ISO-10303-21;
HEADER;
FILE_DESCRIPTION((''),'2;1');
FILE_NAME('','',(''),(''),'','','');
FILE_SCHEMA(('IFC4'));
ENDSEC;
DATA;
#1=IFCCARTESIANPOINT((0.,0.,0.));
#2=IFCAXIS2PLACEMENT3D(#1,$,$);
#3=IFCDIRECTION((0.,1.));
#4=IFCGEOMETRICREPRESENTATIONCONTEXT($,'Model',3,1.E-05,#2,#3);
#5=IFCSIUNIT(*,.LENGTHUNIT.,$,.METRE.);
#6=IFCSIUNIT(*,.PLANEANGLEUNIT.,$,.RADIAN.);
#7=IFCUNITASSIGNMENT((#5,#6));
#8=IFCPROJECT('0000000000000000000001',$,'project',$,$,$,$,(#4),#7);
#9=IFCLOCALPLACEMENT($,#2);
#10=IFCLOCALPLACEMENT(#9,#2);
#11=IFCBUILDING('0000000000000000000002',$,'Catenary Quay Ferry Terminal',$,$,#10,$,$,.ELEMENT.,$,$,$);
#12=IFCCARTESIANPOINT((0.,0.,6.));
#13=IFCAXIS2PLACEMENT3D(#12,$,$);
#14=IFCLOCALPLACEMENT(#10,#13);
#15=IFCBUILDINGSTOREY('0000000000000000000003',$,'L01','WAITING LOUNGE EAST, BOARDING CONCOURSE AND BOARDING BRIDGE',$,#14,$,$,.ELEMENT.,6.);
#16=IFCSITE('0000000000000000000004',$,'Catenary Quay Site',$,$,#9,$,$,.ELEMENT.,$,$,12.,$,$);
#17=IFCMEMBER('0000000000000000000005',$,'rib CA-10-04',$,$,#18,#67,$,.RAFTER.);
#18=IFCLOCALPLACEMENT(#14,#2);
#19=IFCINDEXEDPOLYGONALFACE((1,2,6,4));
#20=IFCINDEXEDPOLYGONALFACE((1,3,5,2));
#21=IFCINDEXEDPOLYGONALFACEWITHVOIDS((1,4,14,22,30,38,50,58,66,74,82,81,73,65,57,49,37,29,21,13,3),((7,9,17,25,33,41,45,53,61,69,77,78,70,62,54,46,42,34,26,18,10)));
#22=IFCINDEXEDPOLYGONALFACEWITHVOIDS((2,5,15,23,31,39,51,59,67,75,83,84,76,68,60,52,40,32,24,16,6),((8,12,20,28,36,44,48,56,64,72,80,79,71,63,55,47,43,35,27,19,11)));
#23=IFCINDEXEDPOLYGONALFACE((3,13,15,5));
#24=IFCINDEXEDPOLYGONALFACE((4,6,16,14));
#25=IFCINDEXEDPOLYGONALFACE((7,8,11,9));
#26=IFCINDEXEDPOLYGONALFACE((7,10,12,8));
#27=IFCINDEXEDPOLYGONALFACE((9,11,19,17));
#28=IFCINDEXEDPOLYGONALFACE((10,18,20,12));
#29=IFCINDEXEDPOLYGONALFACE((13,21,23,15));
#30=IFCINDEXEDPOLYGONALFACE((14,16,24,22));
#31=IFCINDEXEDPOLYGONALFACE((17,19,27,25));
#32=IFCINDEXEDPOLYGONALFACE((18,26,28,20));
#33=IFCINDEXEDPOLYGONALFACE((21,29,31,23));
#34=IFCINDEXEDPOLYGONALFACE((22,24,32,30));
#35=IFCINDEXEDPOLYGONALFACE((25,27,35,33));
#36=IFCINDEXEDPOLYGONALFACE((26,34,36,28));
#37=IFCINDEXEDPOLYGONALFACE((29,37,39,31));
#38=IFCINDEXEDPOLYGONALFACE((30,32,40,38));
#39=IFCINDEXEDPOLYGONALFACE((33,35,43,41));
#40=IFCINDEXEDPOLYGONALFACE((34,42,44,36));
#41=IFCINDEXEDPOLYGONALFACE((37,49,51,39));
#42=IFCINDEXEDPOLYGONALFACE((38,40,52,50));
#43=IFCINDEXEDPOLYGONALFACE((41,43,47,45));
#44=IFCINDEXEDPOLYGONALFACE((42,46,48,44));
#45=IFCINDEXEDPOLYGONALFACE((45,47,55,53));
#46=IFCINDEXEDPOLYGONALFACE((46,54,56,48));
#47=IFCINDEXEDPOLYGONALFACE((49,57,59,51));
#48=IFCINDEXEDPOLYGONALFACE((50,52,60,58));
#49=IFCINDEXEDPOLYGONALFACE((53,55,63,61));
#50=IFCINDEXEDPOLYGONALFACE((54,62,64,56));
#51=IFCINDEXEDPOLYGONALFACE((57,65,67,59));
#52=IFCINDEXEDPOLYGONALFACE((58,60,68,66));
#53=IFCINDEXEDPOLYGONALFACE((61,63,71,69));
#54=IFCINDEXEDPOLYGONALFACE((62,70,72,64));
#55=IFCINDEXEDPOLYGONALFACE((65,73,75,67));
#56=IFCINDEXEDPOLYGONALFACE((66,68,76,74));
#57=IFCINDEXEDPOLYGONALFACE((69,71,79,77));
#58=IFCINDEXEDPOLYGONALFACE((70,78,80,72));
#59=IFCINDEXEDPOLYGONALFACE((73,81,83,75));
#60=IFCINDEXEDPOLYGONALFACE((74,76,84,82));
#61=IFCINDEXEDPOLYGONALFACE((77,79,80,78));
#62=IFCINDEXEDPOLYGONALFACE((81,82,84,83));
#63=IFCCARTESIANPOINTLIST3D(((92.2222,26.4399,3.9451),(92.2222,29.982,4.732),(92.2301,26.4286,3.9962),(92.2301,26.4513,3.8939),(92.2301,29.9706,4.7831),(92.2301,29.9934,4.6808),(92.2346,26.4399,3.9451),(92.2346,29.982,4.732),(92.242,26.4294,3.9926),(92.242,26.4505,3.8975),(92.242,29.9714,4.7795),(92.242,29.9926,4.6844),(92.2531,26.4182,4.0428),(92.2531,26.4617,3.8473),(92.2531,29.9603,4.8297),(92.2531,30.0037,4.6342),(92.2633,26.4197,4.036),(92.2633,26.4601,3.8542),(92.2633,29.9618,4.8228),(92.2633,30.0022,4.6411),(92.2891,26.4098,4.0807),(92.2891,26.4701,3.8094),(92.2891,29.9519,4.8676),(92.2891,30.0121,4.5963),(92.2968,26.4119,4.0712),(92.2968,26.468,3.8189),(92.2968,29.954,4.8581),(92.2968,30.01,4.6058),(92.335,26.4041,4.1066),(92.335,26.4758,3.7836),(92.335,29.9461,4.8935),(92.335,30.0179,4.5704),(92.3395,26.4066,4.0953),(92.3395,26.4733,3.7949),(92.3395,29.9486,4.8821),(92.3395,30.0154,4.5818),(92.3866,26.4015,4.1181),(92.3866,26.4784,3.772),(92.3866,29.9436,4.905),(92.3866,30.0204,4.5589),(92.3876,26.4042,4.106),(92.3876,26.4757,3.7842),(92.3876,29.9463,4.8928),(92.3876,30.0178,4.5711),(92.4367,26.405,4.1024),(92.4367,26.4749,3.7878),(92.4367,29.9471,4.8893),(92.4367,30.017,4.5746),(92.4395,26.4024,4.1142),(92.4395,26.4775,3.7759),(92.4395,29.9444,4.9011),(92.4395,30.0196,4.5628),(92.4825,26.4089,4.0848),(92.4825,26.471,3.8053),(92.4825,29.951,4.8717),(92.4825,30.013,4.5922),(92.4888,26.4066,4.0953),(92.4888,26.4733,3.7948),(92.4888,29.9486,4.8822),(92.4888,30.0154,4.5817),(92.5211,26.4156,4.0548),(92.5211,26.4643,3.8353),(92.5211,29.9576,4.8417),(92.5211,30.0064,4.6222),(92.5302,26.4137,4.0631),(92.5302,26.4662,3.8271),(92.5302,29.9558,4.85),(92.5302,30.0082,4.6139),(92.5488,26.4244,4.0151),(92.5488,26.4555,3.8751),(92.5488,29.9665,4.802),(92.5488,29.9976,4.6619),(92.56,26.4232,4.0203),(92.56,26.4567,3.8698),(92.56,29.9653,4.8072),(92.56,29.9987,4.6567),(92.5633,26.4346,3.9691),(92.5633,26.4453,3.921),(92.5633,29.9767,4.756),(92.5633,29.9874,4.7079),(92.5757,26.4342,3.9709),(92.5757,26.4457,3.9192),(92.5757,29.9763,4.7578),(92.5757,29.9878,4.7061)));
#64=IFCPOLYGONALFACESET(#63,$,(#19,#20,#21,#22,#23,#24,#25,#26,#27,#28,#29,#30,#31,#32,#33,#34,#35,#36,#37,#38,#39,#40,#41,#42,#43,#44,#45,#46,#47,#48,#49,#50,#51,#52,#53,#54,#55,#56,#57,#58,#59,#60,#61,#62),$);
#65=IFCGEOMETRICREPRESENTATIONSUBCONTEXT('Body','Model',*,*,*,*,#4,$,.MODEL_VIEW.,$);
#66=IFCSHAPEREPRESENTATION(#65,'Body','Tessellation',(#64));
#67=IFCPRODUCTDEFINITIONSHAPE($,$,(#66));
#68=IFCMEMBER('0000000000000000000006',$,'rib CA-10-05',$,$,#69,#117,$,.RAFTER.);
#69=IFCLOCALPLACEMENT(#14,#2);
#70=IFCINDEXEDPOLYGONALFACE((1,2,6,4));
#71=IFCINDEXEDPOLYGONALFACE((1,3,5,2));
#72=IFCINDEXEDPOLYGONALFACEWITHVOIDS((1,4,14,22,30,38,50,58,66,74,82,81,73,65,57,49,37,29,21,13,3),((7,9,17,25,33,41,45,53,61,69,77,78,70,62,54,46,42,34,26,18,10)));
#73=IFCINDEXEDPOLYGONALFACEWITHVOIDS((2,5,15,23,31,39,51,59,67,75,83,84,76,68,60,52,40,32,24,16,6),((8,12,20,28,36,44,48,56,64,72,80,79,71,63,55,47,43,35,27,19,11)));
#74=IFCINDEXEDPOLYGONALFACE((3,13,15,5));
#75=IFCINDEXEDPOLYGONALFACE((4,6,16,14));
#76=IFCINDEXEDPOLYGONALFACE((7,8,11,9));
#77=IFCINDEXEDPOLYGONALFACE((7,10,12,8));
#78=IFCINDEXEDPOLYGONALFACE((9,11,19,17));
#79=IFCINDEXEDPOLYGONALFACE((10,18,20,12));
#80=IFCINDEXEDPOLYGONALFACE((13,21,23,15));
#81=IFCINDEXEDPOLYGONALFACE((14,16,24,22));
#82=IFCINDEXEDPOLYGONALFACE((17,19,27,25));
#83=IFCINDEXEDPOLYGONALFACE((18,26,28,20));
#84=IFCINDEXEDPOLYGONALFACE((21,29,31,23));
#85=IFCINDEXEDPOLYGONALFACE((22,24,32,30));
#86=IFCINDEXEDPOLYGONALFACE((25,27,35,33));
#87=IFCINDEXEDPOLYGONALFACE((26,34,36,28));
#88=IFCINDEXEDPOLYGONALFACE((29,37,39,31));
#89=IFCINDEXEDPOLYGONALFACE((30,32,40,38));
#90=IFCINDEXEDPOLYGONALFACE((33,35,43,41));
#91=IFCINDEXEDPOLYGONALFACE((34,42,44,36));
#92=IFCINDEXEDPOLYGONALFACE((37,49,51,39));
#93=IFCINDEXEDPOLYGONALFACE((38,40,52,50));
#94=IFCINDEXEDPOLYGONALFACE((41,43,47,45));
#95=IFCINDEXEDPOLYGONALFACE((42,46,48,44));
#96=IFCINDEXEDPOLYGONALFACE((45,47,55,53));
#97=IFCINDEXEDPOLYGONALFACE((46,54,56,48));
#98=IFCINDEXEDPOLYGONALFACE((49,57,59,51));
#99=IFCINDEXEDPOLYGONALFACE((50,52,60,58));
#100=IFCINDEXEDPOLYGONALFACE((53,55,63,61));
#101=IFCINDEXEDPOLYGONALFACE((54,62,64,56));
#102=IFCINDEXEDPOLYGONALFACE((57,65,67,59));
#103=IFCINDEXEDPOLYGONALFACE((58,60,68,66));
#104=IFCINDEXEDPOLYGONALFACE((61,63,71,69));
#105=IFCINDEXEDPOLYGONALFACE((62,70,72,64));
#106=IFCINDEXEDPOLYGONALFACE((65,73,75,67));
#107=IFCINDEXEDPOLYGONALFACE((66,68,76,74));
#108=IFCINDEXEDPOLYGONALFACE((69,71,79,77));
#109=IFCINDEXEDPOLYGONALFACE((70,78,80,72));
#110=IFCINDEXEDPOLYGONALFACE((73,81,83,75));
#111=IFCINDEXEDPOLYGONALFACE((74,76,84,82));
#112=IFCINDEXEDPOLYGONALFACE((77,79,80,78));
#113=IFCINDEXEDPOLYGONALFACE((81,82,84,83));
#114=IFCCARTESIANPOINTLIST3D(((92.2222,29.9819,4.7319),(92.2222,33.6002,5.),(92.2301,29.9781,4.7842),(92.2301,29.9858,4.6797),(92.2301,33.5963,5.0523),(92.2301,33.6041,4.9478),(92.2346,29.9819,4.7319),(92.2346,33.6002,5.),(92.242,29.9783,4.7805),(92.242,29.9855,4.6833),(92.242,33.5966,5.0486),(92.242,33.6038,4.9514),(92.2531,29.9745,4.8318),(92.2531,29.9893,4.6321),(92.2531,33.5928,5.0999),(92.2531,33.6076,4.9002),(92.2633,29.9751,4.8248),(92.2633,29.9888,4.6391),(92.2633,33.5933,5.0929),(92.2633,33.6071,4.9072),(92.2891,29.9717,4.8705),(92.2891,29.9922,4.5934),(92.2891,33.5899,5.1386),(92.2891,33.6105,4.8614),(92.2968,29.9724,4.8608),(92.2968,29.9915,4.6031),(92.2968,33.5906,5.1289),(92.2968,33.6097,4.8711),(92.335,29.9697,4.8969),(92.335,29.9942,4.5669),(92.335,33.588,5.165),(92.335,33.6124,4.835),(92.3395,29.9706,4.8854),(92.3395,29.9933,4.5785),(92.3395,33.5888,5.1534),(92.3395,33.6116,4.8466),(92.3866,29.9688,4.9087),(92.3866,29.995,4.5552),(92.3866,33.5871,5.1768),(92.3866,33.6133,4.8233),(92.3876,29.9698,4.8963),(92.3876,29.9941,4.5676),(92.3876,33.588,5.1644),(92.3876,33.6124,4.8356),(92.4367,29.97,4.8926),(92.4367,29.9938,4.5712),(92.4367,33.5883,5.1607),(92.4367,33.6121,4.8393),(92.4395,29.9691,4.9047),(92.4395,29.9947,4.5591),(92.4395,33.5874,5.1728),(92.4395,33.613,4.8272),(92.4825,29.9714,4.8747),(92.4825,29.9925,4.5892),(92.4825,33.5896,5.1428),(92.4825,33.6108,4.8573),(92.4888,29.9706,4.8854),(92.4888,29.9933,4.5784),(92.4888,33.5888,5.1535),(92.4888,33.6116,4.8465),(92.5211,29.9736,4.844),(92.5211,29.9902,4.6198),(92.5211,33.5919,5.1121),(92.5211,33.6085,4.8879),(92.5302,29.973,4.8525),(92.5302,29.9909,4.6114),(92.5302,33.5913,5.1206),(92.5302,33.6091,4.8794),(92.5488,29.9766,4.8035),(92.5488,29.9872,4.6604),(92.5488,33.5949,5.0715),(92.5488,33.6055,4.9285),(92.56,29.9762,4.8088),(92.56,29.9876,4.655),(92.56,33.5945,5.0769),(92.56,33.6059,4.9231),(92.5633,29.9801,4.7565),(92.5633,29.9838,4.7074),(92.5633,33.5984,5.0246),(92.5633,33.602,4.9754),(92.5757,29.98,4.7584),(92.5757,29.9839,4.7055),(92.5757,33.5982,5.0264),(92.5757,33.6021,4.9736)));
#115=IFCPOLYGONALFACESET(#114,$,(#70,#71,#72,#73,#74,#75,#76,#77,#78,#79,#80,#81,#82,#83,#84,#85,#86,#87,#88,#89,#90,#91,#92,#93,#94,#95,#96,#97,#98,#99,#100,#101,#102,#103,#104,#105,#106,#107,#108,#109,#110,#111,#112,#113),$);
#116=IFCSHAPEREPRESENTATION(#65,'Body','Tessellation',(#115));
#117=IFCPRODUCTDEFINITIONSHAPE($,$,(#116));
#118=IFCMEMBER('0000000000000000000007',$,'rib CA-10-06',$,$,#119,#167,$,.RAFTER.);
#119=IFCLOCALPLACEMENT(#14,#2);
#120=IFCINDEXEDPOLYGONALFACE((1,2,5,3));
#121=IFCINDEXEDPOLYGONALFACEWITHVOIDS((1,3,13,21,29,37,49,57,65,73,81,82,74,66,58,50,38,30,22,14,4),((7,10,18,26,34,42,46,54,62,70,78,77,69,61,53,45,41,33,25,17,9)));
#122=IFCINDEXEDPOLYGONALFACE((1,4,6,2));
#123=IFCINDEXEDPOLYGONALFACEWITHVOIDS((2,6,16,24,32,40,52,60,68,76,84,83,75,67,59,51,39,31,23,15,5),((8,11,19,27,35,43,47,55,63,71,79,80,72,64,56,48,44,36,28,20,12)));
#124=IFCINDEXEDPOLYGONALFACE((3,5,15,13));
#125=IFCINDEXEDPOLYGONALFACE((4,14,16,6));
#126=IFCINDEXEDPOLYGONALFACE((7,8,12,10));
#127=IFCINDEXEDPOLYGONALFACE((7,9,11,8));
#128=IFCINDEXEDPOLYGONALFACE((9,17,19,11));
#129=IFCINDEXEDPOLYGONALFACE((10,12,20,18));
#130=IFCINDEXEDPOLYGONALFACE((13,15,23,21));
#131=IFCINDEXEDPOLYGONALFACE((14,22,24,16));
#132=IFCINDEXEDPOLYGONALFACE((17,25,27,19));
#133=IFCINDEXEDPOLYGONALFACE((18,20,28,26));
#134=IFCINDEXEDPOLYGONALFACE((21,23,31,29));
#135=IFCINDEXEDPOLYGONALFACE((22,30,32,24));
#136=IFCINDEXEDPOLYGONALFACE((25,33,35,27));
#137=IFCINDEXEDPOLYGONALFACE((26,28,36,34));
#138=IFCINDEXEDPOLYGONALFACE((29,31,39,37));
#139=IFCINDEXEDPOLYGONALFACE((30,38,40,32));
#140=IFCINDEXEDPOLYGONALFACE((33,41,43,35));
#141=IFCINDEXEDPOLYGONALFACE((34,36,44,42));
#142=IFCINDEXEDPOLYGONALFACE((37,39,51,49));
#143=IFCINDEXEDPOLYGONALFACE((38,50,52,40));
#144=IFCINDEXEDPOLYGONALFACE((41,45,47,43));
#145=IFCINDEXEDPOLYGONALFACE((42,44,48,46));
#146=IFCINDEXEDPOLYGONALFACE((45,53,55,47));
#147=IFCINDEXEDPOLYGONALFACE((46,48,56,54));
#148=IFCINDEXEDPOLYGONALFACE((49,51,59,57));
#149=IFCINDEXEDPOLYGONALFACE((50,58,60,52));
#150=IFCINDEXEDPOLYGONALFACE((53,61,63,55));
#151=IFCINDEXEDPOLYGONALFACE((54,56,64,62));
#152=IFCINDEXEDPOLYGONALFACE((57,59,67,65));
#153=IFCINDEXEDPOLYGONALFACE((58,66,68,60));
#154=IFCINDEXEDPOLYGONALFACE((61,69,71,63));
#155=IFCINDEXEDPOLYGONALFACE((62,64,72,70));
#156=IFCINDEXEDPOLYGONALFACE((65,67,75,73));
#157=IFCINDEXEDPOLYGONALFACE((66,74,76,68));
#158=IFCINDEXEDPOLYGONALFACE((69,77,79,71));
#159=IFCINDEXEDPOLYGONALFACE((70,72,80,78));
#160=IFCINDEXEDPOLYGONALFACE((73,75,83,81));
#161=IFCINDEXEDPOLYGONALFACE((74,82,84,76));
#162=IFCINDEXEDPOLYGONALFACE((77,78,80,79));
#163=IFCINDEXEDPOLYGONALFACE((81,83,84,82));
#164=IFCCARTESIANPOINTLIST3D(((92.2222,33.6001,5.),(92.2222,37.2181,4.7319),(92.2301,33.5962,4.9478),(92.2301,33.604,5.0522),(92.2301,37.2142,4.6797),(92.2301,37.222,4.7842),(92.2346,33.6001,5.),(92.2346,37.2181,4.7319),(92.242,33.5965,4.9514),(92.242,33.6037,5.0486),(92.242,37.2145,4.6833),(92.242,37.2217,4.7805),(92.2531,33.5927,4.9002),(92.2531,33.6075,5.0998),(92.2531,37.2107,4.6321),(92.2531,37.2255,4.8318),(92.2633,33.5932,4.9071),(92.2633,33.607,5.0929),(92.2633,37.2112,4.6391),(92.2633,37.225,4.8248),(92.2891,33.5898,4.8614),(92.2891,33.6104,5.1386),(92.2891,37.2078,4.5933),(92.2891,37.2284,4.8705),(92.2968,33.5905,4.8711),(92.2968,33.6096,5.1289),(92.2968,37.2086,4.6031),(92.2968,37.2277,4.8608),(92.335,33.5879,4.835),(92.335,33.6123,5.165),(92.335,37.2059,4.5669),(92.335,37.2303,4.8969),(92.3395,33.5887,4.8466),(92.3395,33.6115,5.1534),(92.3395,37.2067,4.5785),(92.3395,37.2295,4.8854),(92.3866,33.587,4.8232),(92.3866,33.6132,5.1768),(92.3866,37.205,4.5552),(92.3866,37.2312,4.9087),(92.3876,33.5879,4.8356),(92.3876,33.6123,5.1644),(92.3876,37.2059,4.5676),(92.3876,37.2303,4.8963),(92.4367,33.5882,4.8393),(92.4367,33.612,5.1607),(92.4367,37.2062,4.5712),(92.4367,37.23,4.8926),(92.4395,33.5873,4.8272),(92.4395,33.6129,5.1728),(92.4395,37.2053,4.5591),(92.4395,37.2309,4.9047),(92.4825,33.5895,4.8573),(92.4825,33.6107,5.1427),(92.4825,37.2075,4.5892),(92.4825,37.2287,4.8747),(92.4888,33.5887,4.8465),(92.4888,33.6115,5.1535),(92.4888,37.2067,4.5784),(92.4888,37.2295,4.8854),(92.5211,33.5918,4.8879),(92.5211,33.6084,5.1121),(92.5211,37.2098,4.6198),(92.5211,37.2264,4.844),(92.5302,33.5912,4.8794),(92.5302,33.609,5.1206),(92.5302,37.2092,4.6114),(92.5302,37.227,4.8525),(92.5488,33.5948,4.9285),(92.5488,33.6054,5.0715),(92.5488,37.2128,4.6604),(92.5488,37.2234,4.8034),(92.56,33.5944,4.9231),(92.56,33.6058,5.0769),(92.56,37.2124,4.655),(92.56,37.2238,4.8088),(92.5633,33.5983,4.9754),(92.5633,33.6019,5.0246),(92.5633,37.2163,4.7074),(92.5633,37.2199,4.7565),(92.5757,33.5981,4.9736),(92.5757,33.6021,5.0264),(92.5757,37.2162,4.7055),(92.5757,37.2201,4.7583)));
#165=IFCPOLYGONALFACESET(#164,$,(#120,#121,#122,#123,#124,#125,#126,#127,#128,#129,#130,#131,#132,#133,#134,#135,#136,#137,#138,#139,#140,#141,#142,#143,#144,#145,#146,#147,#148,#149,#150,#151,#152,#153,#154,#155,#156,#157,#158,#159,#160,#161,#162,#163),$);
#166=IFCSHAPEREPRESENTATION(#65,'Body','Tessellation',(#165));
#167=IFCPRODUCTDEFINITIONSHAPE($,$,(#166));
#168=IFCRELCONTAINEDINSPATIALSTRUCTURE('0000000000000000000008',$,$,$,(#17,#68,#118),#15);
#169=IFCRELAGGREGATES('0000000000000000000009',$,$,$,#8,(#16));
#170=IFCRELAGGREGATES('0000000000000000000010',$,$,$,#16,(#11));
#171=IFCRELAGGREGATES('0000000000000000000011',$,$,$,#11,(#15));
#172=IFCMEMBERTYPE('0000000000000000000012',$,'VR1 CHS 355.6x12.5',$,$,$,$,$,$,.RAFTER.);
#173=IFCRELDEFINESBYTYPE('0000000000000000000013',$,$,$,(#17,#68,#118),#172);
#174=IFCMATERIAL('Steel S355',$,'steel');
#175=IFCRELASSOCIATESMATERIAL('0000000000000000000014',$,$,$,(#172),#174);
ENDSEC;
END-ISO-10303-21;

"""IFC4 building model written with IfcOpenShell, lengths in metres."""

from ifc_helpers import new_model, si_unit, direction, frame, origin, origin_2d, place, context, subcontext, project, spatial, hollow_circle, extrude, material, material_profile, profile_set, type_object, element, save


model = new_model("IFC4")

# Units and contexts
model_context = context("Model", 3, precision=1e-05, world=origin(), true_north=direction((0.0, 1.0)))
body_context = subcontext(model_context, "Body", "Model", "MODEL_VIEW")
ifc_project = project(units=[si_unit("LENGTHUNIT", "METRE"), si_unit("PLANEANGLEUNIT", "RADIAN")], contexts=[model_context])

# Site, building, storey
site_placement = place(None, origin())
site = spatial("IfcSite", under=ifc_project, at=site_placement, Name="Catenary Quay Site", CompositionType="ELEMENT", RefElevation=12.0)
building_placement = place(site_placement, origin())
building = spatial("IfcBuilding", under=site, at=building_placement, Name="Catenary Quay Ferry Terminal", CompositionType="ELEMENT")
storey_placement = place(building_placement, frame((0.0, 0.0, 6.0)))
storey = spatial("IfcBuildingStorey", under=building, at=storey_placement, Name="L01", Description="WAITING LOUNGE EAST, BOARDING CONCOURSE AND BOARDING BRIDGE", CompositionType="ELEMENT", Elevation=6.0)

# Members
ifc_material_1 = material(Name="Steel S355", Category="steel")
ifc_material_profile_1 = material_profile(ifc_material_1, hollow_circle(Radius=0.1777, WallThickness=0.0125, at=origin_2d()), Name="CHS 355.6x12.5")
ifc_profile_set_1 = profile_set([ifc_material_profile_1], Name="Steel S355")
member_type_1 = type_object("IfcMemberType", Name="VR1 CHS 355.6x12.5", PredefinedType="RAFTER", material=ifc_profile_set_1)
member_1_placement = place(storey_placement, frame((92.3999, 26.4399, 3.9451), z_axis=(0.0, 0.976201, 0.216866), x_axis=(-1.0, 0.0, 0.0)))
element("IfcMember", 1, at=member_1_placement, inside=storey, type_object=member_type_1, Name="rib CA-10-04", PredefinedType="RAFTER", context=body_context, shape_type="SweptSolid", body=[
    extrude(hollow_circle(Radius=0.1777, WallThickness=0.0125, at=origin_2d()), origin(), (0.0, 0.0, 1.0), 3.6284),
])
member_2_placement = place(storey_placement, frame((92.3999, 29.9819, 4.7319), z_axis=(0.0, 0.997267, 0.073887), x_axis=(-1.0, 0.0, 0.0)))
element("IfcMember", 2, at=member_2_placement, inside=storey, type_object=member_type_1, Name="rib CA-10-05", PredefinedType="RAFTER", context=body_context, shape_type="SweptSolid", body=[
    extrude(hollow_circle(Radius=0.1777, WallThickness=0.0125, at=origin_2d()), origin(), (0.0, 0.0, 1.0), 3.6282),
])
member_3_placement = place(storey_placement, frame((92.3999, 33.6001, 5.0), z_axis=(0.0, 0.997266, -0.073892), x_axis=(-1.0, 0.0, 0.0)))
element("IfcMember", 3, at=member_3_placement, inside=storey, type_object=member_type_1, Name="rib CA-10-06", PredefinedType="RAFTER", context=body_context, shape_type="SweptSolid", body=[
    extrude(hollow_circle(Radius=0.1777, WallThickness=0.0125, at=origin_2d()), origin(), (0.0, 0.0, 1.0), 3.6279),
])

save(model, "model.ifc")
